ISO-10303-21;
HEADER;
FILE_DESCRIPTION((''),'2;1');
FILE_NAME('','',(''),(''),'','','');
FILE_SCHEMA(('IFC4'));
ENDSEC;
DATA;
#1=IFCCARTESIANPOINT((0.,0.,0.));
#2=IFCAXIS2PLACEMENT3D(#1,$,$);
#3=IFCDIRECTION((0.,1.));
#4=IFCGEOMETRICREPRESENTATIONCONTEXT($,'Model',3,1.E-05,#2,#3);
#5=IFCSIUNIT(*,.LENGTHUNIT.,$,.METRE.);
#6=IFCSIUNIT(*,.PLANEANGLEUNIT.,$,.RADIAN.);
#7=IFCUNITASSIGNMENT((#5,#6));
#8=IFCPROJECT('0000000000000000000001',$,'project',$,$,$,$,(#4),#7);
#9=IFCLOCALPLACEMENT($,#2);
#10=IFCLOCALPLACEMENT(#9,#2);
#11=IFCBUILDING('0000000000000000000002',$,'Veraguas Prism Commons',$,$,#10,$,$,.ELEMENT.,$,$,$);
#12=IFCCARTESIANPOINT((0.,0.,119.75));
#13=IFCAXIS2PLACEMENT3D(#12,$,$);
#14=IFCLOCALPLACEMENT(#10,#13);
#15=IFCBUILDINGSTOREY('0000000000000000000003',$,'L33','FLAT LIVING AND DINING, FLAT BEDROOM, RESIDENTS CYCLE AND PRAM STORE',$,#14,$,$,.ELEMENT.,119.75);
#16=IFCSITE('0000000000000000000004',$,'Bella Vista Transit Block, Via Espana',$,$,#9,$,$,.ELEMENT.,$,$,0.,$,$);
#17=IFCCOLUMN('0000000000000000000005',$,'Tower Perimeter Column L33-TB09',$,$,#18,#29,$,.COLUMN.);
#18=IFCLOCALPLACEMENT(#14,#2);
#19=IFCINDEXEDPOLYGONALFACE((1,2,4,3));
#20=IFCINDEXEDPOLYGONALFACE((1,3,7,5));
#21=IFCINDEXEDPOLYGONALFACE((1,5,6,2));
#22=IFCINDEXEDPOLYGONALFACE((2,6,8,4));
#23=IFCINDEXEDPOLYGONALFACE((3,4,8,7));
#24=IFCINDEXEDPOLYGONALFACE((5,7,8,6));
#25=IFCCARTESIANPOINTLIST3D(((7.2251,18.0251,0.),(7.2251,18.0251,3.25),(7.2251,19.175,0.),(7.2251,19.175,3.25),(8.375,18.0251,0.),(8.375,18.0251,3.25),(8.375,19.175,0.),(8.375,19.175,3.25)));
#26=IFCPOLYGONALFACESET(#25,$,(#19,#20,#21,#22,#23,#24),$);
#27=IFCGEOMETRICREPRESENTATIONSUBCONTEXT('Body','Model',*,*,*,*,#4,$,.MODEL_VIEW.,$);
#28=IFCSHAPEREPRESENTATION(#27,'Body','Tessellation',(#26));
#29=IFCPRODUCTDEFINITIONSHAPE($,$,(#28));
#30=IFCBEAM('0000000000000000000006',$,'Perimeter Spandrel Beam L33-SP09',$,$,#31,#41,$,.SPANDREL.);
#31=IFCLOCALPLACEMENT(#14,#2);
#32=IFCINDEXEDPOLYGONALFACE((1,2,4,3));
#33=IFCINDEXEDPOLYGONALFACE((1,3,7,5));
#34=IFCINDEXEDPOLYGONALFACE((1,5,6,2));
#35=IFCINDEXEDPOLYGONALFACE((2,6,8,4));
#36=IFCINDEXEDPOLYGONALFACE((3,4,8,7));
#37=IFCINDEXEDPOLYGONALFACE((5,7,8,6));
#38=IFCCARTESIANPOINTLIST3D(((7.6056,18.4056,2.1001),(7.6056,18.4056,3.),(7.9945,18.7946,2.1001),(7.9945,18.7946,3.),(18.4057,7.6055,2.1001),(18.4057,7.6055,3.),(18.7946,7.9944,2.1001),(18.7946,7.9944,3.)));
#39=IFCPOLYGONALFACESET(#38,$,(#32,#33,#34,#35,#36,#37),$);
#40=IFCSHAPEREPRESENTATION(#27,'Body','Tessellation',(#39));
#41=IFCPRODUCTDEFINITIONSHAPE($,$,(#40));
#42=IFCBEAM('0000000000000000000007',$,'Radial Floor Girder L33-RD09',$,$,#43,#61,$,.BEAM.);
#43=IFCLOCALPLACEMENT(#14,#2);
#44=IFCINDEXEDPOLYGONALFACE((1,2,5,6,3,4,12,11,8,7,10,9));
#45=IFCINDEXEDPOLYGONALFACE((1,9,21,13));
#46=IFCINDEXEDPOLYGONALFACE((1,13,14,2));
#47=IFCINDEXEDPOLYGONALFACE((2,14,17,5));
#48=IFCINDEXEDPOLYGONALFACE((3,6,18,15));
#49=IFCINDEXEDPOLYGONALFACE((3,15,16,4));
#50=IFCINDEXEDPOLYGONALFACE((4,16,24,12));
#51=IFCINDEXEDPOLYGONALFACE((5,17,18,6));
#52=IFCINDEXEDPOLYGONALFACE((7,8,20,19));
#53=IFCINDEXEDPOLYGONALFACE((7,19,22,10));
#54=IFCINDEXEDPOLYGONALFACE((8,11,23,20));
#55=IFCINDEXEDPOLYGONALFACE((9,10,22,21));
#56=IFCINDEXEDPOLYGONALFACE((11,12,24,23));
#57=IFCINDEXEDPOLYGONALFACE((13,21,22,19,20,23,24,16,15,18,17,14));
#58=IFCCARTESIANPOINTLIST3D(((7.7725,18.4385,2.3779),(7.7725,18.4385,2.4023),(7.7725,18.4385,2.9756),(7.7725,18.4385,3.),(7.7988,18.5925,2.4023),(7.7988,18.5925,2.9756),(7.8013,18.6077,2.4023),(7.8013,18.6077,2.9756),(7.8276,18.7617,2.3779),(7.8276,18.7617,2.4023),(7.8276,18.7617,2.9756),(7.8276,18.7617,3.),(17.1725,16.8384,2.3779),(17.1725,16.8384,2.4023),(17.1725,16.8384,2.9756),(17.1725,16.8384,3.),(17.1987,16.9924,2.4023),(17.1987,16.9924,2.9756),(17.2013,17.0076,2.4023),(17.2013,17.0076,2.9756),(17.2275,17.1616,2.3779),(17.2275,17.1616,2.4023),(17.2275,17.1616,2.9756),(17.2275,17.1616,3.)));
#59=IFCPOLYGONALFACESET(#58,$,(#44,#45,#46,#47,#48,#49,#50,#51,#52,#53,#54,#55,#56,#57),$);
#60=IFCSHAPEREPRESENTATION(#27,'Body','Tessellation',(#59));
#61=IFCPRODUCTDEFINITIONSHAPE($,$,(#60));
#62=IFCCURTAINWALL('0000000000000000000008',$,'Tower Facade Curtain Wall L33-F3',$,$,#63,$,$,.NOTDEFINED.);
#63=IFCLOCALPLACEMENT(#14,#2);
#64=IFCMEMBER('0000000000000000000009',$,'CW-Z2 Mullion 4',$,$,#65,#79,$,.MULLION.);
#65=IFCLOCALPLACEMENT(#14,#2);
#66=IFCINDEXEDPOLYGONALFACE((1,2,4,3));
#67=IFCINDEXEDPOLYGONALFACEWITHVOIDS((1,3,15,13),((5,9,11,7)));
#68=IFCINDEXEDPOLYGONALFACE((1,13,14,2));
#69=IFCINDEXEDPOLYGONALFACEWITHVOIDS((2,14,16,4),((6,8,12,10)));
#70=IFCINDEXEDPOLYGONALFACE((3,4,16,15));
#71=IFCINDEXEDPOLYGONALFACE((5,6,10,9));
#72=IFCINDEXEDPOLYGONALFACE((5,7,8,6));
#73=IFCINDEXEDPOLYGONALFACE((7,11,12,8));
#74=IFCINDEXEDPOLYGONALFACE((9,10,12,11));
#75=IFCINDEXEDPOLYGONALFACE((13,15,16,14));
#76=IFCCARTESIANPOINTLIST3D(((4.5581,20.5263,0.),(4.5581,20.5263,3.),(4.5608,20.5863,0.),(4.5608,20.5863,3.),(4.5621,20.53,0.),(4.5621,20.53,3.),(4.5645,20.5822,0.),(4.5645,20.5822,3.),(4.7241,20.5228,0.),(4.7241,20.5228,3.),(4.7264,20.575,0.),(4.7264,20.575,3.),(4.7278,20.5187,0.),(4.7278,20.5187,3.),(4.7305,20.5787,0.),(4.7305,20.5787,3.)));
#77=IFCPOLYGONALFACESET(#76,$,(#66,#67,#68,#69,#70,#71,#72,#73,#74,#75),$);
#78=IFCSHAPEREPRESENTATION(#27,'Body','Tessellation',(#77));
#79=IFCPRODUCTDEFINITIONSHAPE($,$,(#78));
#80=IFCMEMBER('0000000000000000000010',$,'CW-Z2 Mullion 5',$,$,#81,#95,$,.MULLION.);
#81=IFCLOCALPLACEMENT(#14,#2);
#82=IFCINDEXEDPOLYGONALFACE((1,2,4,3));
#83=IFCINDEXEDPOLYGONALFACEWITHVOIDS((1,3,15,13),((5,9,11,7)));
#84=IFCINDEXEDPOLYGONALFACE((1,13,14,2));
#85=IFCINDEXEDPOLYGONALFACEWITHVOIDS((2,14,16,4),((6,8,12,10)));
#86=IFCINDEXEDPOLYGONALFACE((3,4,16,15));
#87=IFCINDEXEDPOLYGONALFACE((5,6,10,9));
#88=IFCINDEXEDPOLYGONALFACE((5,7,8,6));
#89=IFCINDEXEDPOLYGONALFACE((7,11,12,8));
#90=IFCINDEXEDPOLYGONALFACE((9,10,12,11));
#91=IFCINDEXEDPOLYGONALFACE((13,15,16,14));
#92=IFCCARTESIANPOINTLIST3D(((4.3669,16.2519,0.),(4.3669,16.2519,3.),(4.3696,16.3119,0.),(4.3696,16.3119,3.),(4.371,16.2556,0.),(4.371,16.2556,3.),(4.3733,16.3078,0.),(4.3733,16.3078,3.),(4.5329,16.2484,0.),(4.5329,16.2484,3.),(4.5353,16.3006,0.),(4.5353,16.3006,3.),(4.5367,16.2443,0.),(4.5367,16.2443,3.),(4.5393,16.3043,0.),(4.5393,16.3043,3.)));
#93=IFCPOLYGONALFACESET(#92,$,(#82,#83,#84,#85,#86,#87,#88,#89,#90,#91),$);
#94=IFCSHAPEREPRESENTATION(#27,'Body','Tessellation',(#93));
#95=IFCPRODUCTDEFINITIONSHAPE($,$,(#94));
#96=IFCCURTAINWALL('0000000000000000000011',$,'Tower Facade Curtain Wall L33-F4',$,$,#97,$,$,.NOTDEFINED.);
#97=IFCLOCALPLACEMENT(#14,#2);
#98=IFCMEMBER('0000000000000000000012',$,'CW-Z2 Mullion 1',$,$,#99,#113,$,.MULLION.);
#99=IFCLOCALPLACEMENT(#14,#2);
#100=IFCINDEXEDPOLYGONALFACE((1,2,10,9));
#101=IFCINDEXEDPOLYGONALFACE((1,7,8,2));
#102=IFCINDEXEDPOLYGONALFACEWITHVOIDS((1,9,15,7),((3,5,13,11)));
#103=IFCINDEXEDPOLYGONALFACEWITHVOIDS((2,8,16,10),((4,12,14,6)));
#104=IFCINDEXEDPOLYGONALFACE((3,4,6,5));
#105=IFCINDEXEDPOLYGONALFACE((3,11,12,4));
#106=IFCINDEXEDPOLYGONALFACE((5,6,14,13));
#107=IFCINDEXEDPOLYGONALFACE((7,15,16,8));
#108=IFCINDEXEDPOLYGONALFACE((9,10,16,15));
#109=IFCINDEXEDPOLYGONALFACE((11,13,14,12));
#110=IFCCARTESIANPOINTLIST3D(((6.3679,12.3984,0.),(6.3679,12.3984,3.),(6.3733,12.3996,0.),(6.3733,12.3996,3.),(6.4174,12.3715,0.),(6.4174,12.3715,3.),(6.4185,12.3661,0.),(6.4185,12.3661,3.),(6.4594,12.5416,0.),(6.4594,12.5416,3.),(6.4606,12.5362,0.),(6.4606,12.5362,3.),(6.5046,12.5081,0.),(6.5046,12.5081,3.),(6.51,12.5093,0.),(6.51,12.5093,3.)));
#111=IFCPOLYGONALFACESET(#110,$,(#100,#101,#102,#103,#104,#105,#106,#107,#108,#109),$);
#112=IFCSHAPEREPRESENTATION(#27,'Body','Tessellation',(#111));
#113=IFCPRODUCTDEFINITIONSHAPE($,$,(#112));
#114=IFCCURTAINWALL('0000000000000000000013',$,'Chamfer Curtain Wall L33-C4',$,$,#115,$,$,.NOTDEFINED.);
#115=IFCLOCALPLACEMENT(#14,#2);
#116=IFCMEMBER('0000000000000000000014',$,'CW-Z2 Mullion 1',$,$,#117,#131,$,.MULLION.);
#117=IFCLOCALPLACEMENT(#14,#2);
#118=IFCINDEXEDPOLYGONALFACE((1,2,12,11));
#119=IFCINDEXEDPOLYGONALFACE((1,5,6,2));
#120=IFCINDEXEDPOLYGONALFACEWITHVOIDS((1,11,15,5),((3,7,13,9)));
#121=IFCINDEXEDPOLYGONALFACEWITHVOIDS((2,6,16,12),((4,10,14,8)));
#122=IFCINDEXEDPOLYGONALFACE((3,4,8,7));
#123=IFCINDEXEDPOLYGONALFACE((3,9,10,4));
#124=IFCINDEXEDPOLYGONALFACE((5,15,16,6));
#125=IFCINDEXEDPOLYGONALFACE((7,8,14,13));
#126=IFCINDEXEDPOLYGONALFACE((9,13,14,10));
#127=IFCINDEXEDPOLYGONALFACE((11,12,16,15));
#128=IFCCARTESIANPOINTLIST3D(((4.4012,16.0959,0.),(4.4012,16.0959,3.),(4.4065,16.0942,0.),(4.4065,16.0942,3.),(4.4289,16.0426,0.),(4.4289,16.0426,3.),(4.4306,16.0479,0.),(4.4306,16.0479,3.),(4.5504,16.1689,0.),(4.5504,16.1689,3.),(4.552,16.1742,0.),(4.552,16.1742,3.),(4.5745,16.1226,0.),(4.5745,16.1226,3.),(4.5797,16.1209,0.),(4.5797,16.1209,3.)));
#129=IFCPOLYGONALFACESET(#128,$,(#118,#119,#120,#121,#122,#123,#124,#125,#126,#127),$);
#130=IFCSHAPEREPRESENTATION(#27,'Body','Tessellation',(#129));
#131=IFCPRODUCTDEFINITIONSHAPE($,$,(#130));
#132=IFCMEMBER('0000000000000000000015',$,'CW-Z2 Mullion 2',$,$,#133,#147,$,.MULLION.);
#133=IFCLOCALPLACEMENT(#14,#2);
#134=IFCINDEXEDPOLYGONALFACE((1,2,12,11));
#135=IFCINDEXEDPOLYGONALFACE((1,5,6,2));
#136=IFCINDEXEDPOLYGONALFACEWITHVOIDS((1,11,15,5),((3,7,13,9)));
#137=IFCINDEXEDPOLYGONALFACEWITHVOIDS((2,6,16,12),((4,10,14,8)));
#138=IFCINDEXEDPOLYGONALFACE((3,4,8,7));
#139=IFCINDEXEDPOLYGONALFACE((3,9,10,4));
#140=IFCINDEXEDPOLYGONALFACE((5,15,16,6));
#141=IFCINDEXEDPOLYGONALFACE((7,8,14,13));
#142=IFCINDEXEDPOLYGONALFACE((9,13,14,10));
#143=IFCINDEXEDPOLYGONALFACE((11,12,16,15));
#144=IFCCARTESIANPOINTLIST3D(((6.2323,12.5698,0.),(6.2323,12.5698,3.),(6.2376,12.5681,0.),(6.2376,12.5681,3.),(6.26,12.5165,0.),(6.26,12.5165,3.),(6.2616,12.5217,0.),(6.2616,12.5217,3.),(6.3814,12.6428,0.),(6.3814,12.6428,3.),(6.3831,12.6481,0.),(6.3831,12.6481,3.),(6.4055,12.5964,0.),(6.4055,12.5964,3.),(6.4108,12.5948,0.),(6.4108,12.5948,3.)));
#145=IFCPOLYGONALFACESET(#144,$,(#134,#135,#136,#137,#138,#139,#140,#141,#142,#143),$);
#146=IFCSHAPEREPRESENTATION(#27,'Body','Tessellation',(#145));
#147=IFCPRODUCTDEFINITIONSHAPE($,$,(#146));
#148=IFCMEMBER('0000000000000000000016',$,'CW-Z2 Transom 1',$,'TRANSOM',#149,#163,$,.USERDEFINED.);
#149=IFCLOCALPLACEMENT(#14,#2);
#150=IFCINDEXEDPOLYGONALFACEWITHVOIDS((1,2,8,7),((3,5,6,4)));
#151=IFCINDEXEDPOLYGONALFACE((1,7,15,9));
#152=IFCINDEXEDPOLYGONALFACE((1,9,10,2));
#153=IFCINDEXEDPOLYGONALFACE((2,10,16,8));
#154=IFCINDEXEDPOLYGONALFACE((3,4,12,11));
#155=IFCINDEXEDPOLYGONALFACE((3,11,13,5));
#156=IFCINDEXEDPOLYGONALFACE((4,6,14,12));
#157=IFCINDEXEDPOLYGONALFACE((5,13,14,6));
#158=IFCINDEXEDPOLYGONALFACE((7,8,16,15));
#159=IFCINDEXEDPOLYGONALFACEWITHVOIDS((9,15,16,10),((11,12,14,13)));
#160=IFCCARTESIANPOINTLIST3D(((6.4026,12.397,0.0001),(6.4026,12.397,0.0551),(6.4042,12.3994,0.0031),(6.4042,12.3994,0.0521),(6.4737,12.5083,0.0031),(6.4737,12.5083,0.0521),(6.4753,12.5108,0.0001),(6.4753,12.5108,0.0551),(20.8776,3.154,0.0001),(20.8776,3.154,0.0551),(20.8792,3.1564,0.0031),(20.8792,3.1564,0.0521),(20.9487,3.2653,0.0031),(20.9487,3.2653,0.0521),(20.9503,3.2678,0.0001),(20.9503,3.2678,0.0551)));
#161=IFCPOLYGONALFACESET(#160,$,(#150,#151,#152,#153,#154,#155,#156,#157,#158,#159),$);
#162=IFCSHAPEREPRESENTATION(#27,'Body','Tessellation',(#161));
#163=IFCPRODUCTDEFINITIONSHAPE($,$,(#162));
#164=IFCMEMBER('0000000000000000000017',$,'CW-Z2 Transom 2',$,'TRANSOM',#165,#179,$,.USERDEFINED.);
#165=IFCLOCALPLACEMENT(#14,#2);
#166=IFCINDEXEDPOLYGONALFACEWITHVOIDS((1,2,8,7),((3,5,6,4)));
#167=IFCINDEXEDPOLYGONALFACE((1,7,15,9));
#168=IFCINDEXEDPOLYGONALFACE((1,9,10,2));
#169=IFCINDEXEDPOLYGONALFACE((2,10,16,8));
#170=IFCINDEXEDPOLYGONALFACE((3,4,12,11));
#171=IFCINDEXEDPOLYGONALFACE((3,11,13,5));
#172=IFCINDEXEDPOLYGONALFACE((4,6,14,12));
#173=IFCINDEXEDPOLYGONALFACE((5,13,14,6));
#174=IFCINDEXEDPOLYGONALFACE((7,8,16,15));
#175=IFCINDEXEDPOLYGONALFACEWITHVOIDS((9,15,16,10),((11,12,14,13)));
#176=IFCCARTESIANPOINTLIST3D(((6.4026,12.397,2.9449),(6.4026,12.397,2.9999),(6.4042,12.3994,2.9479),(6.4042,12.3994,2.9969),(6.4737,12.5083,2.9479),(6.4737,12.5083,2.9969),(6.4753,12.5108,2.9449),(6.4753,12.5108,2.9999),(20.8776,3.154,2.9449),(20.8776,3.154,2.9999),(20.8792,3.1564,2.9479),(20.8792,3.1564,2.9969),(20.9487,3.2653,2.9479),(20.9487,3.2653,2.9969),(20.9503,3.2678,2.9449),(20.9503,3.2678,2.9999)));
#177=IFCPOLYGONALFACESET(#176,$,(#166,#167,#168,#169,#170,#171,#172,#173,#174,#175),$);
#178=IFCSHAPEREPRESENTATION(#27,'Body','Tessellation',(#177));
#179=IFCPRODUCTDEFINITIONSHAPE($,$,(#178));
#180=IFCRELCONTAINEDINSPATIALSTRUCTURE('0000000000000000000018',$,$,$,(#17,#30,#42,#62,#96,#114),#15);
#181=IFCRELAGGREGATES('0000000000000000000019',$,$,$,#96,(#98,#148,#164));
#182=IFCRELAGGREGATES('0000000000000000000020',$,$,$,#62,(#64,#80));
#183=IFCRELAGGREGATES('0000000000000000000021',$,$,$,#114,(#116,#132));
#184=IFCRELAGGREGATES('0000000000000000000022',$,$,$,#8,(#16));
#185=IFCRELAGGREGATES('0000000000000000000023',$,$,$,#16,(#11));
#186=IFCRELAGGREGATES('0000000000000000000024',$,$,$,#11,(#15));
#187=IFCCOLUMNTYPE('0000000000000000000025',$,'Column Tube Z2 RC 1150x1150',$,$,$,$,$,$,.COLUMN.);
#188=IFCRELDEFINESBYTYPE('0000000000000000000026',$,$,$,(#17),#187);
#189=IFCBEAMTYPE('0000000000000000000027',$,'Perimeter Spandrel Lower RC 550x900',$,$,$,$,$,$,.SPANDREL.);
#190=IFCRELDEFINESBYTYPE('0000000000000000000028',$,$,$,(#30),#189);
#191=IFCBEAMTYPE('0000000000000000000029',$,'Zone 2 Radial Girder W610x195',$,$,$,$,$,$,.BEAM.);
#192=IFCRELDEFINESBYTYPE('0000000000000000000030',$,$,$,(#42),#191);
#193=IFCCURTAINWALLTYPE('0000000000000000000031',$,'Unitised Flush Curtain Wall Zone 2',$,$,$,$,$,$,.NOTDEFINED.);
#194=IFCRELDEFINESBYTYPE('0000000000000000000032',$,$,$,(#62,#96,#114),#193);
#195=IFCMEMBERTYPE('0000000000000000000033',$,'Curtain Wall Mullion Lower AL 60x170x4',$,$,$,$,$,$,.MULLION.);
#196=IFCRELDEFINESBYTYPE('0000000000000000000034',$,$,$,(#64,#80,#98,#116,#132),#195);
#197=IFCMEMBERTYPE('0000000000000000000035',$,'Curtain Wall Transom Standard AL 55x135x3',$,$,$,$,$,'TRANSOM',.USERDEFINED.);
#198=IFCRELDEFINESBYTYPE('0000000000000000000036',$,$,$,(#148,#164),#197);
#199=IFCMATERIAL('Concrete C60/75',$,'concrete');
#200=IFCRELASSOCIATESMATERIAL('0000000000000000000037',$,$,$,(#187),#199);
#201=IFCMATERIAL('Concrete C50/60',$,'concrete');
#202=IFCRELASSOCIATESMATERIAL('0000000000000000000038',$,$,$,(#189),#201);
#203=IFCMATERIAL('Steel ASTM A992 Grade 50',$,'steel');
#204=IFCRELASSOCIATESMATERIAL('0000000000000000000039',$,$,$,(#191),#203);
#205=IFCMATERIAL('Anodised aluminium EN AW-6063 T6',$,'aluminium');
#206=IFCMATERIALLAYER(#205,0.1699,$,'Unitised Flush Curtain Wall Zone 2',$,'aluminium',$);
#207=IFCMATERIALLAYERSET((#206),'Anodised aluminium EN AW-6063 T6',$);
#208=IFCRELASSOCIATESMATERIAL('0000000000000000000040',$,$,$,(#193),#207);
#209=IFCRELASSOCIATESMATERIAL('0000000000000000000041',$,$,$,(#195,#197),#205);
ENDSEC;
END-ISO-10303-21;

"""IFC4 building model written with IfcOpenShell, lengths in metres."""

from ifc_helpers import new_model, si_unit, direction, frame, origin, origin_2d, place, context, subcontext, project, spatial, rectangle, hollow_rectangle, i_section, extrude, source, transform, mapped, material, layer, layer_set, material_profile, profile_set, type_object, element, aggregate, save


model = new_model("IFC4")

# Units and contexts
model_context = context("Model", 3, precision=1e-05, world=origin(), true_north=direction((0.0, 1.0)))
body_context = subcontext(model_context, "Body", "Model", "MODEL_VIEW")
ifc_project = project(units=[si_unit("LENGTHUNIT", "METRE"), si_unit("PLANEANGLEUNIT", "RADIAN")], contexts=[model_context])

# Site, building, storey
site_placement = place(None, origin())
site = spatial("IfcSite", under=ifc_project, at=site_placement, Name="Bella Vista Transit Block, Via Espana", CompositionType="ELEMENT", RefElevation=0.0)
building_placement = place(site_placement, origin())
building = spatial("IfcBuilding", under=site, at=building_placement, Name="Veraguas Prism Commons", CompositionType="ELEMENT")
storey_placement = place(building_placement, frame((0.0, 0.0, 119.75)))
storey = spatial("IfcBuildingStorey", under=building, at=storey_placement, Name="L33", Description="FLAT LIVING AND DINING, FLAT BEDROOM, RESIDENTS CYCLE AND PRAM STORE", CompositionType="ELEMENT", Elevation=119.75)

# Column
ifc_material_1 = material(Name="Concrete C60/75", Category="concrete")
ifc_material_profile_1 = material_profile(ifc_material_1, rectangle(XDim=1.1499, YDim=1.1499, at=origin_2d()), Name="RC1150X1150")
ifc_profile_set_1 = profile_set([ifc_material_profile_1], Name="Concrete C60/75")
column_type = type_object("IfcColumnType", Name="Column Tube Z2 RC 1150x1150", PredefinedType="COLUMN", material=ifc_profile_set_1)
column_placement = place(storey_placement, frame((7.8, 18.6001, 0.0), z_axis=(0.0, 0.0, 1.0), x_axis=(1.0, 0.0, 0.0)))
element("IfcColumn", 1, at=column_placement, inside=storey, type_object=column_type, Name="Tower Perimeter Column L33-TB09", PredefinedType="COLUMN", context=body_context, shape_type="SweptSolid", body=[
    extrude(rectangle(XDim=1.1499, YDim=1.1499, at=origin_2d()), origin(), (0.0, 0.0, 1.0), 3.25),
])

# Beams
ifc_material_2 = material(Name="Concrete C50/60", Category="concrete")
ifc_material_profile_2 = material_profile(ifc_material_2, rectangle(XDim=0.55, YDim=0.8999, at=origin_2d()), Name="RC550X900")
ifc_profile_set_2 = profile_set([ifc_material_profile_2], Name="Concrete C50/60")
beam_type_1 = type_object("IfcBeamType", Name="Perimeter Spandrel Lower RC 550x900", PredefinedType="SPANDREL", material=ifc_profile_set_2)
beam_1_placement = place(storey_placement, frame((7.8, 18.6001, 2.55), z_axis=(0.707107, -0.707107, 0.0), x_axis=(0.707107, 0.707107, 0.0)))
element("IfcBeam", 2, at=beam_1_placement, inside=storey, type_object=beam_type_1, Name="Perimeter Spandrel Beam L33-SP09", PredefinedType="SPANDREL", context=body_context, shape_type="SweptSolid", body=[
    extrude(rectangle(XDim=0.55, YDim=0.8999, at=origin_2d()), origin(), (0.0, 0.0, 1.0), 15.2737),
])
ifc_material_3 = material(Name="Steel ASTM A992 Grade 50", Category="steel")
ifc_material_profile_3 = material_profile(ifc_material_3, i_section(OverallWidth=0.3279, OverallDepth=0.6221, WebThickness=0.0154, FlangeThickness=0.0244, at=origin_2d()), Name="W610X195")
ifc_profile_set_3 = profile_set([ifc_material_profile_3], Name="Steel ASTM A992 Grade 50")
beam_type_2 = type_object("IfcBeamType", Name="Zone 2 Radial Girder W610x195", PredefinedType="BEAM", material=ifc_profile_set_3)
beam_2_placement = place(storey_placement, frame((7.8, 18.6001, 2.689), z_axis=(0.985819, -0.167811, 0.0), x_axis=(0.167811, 0.985819, 0.0)))
element("IfcBeam", 3, at=beam_2_placement, inside=storey, type_object=beam_type_2, Name="Radial Floor Girder L33-RD09", PredefinedType="BEAM", context=body_context, shape_type="SweptSolid", body=[
    extrude(i_section(OverallWidth=0.3279, OverallDepth=0.6221, WebThickness=0.0154, FlangeThickness=0.0244, at=origin_2d()), origin(), (0.0, 0.0, 1.0), 9.5352),
])

# Curtain wall, members
ifc_material_4 = material(Name="Anodised aluminium EN AW-6063 T6", Category="aluminium")
ifc_layer_1 = layer(ifc_material_4, 0.1699, Name="Unitised Flush Curtain Wall Zone 2", Category="aluminium")
ifc_layer_set_1 = layer_set([ifc_layer_1], Name="Anodised aluminium EN AW-6063 T6")
curtain_wall_type = type_object("IfcCurtainWallType", Name="Unitised Flush Curtain Wall Zone 2", PredefinedType="NOTDEFINED", material=ifc_layer_set_1)
curtain_wall_1_placement = place(storey_placement, origin())
curtain_wall_1 = element("IfcCurtainWall", 4, at=curtain_wall_1_placement, inside=storey, type_object=curtain_wall_type, Name="Tower Facade Curtain Wall L33-F3", PredefinedType="NOTDEFINED")
ifc_material_profile_4 = material_profile(ifc_material_4, hollow_rectangle(XDim=0.0601, YDim=0.1699, WallThickness=0.0039, at=origin_2d()), Name="AL60X170X4")
ifc_profile_set_4 = profile_set([ifc_material_profile_4], Name="Anodised aluminium EN AW-6063 T6")
member_type_1 = type_object("IfcMemberType", Name="Curtain Wall Mullion Lower AL 60x170x4", PredefinedType="MULLION", material=ifc_profile_set_4)
shared_shape_1 = source(origin(), body_context, "Body", "SweptSolid", [
    extrude(hollow_rectangle(XDim=0.0601, YDim=0.1699, WallThickness=0.0039, at=origin_2d()), origin(), (0.0, 0.0, 1.0), 3.0),
])
member_1_placement = place(storey_placement, frame((4.6443, 20.5525, 0.0), z_axis=(0.0, 0.0, 1.0), x_axis=(-0.044667, -0.999002, 0.0)))
member_1 = element("IfcMember", 5, at=member_1_placement, type_object=member_type_1, Name="CW-Z2 Mullion 4", PredefinedType="MULLION", context=body_context, shape_type="MappedRepresentation", body=[
    mapped(shared_shape_1, transform((0.0, 0.0, 0.0), scale=1.0)),
])
member_2_placement = place(storey_placement, frame((4.4531, 16.2781, 0.0), z_axis=(0.0, 0.0, 1.0), x_axis=(-0.044667, -0.999002, 0.0)))
member_2 = element("IfcMember", 6, at=member_2_placement, type_object=member_type_1, Name="CW-Z2 Mullion 5", PredefinedType="MULLION", context=body_context, shape_type="MappedRepresentation", body=[
    mapped(shared_shape_1, transform((0.0, 0.0, 0.0), scale=1.0)),
])

# Curtain wall, member
curtain_wall_2_placement = place(storey_placement, origin())
curtain_wall_2 = element("IfcCurtainWall", 7, at=curtain_wall_2_placement, inside=storey, type_object=curtain_wall_type, Name="Tower Facade Curtain Wall L33-F4", PredefinedType="NOTDEFINED")
member_3_placement = place(storey_placement, frame((6.439, 12.4539, 0.0), z_axis=(0.0, 0.0, 1.0), x_axis=(0.842827, -0.538184, 0.0)))
member_3 = element("IfcMember", 8, at=member_3_placement, type_object=member_type_1, Name="CW-Z2 Mullion 1", PredefinedType="MULLION", context=body_context, shape_type="MappedRepresentation", body=[
    mapped(shared_shape_1, transform((0.0, 0.0, 0.0), scale=1.0)),
])

# Curtain wall, members
curtain_wall_3_placement = place(storey_placement, origin())
curtain_wall_3 = element("IfcCurtainWall", 9, at=curtain_wall_3_placement, inside=storey, type_object=curtain_wall_type, Name="Chamfer Curtain Wall L33-C4", PredefinedType="NOTDEFINED")
member_4_placement = place(storey_placement, frame((4.4905, 16.1084, 0.0), z_axis=(0.0, 0.0, 1.0), x_axis=(0.460838, -0.887484, 0.0)))
member_4 = element("IfcMember", 10, at=member_4_placement, type_object=member_type_1, Name="CW-Z2 Mullion 1", PredefinedType="MULLION", context=body_context, shape_type="MappedRepresentation", body=[
    mapped(shared_shape_1, transform((0.0, 0.0, 0.0), scale=1.0)),
])
member_5_placement = place(storey_placement, frame((6.3215, 12.5823, 0.0), z_axis=(0.0, 0.0, 1.0), x_axis=(0.460838, -0.887484, 0.0)))
member_5 = element("IfcMember", 11, at=member_5_placement, type_object=member_type_1, Name="CW-Z2 Mullion 2", PredefinedType="MULLION", context=body_context, shape_type="MappedRepresentation", body=[
    mapped(shared_shape_1, transform((0.0, 0.0, 0.0), scale=1.0)),
])

# Members
ifc_material_profile_5 = material_profile(ifc_material_4, hollow_rectangle(XDim=0.0549, YDim=0.135, WallThickness=0.0029, at=origin_2d()), Name="AL55X135X3")
ifc_profile_set_5 = profile_set([ifc_material_profile_5], Name="Anodised aluminium EN AW-6063 T6")
member_type_2 = type_object("IfcMemberType", Name="Curtain Wall Transom Standard AL 55x135x3", ElementType="TRANSOM", PredefinedType="USERDEFINED", material=ifc_profile_set_5)
shared_shape_2 = source(origin(), body_context, "Body", "SweptSolid", [
    extrude(hollow_rectangle(XDim=0.0549, YDim=0.135, WallThickness=0.0029, at=origin_2d()), origin(), (0.0, 0.0, 1.0), 17.1743),
])
member_6_placement = place(storey_placement, frame((6.439, 12.4539, 0.0276), z_axis=(0.842826, -0.538187, 0.0), x_axis=(0.0, 0.0, 1.0)))
member_6 = element("IfcMember", 12, at=member_6_placement, type_object=member_type_2, Name="CW-Z2 Transom 1", ObjectType="TRANSOM", PredefinedType="USERDEFINED", context=body_context, shape_type="MappedRepresentation", body=[
    mapped(shared_shape_2, transform((0.0, 0.0, 0.0), scale=1.0)),
])
member_7_placement = place(storey_placement, frame((6.439, 12.4539, 2.9724), z_axis=(0.842826, -0.538187, 0.0), x_axis=(0.0, 0.0, 1.0)))
member_7 = element("IfcMember", 13, at=member_7_placement, type_object=member_type_2, Name="CW-Z2 Transom 2", ObjectType="TRANSOM", PredefinedType="USERDEFINED", context=body_context, shape_type="MappedRepresentation", body=[
    mapped(shared_shape_2, transform((0.0, 0.0, 0.0), scale=1.0)),
])
aggregate(curtain_wall_2, [member_3, member_6, member_7])

aggregate(curtain_wall_1, [member_1, member_2])
aggregate(curtain_wall_3, [member_4, member_5])

save(model, "model.ifc")
